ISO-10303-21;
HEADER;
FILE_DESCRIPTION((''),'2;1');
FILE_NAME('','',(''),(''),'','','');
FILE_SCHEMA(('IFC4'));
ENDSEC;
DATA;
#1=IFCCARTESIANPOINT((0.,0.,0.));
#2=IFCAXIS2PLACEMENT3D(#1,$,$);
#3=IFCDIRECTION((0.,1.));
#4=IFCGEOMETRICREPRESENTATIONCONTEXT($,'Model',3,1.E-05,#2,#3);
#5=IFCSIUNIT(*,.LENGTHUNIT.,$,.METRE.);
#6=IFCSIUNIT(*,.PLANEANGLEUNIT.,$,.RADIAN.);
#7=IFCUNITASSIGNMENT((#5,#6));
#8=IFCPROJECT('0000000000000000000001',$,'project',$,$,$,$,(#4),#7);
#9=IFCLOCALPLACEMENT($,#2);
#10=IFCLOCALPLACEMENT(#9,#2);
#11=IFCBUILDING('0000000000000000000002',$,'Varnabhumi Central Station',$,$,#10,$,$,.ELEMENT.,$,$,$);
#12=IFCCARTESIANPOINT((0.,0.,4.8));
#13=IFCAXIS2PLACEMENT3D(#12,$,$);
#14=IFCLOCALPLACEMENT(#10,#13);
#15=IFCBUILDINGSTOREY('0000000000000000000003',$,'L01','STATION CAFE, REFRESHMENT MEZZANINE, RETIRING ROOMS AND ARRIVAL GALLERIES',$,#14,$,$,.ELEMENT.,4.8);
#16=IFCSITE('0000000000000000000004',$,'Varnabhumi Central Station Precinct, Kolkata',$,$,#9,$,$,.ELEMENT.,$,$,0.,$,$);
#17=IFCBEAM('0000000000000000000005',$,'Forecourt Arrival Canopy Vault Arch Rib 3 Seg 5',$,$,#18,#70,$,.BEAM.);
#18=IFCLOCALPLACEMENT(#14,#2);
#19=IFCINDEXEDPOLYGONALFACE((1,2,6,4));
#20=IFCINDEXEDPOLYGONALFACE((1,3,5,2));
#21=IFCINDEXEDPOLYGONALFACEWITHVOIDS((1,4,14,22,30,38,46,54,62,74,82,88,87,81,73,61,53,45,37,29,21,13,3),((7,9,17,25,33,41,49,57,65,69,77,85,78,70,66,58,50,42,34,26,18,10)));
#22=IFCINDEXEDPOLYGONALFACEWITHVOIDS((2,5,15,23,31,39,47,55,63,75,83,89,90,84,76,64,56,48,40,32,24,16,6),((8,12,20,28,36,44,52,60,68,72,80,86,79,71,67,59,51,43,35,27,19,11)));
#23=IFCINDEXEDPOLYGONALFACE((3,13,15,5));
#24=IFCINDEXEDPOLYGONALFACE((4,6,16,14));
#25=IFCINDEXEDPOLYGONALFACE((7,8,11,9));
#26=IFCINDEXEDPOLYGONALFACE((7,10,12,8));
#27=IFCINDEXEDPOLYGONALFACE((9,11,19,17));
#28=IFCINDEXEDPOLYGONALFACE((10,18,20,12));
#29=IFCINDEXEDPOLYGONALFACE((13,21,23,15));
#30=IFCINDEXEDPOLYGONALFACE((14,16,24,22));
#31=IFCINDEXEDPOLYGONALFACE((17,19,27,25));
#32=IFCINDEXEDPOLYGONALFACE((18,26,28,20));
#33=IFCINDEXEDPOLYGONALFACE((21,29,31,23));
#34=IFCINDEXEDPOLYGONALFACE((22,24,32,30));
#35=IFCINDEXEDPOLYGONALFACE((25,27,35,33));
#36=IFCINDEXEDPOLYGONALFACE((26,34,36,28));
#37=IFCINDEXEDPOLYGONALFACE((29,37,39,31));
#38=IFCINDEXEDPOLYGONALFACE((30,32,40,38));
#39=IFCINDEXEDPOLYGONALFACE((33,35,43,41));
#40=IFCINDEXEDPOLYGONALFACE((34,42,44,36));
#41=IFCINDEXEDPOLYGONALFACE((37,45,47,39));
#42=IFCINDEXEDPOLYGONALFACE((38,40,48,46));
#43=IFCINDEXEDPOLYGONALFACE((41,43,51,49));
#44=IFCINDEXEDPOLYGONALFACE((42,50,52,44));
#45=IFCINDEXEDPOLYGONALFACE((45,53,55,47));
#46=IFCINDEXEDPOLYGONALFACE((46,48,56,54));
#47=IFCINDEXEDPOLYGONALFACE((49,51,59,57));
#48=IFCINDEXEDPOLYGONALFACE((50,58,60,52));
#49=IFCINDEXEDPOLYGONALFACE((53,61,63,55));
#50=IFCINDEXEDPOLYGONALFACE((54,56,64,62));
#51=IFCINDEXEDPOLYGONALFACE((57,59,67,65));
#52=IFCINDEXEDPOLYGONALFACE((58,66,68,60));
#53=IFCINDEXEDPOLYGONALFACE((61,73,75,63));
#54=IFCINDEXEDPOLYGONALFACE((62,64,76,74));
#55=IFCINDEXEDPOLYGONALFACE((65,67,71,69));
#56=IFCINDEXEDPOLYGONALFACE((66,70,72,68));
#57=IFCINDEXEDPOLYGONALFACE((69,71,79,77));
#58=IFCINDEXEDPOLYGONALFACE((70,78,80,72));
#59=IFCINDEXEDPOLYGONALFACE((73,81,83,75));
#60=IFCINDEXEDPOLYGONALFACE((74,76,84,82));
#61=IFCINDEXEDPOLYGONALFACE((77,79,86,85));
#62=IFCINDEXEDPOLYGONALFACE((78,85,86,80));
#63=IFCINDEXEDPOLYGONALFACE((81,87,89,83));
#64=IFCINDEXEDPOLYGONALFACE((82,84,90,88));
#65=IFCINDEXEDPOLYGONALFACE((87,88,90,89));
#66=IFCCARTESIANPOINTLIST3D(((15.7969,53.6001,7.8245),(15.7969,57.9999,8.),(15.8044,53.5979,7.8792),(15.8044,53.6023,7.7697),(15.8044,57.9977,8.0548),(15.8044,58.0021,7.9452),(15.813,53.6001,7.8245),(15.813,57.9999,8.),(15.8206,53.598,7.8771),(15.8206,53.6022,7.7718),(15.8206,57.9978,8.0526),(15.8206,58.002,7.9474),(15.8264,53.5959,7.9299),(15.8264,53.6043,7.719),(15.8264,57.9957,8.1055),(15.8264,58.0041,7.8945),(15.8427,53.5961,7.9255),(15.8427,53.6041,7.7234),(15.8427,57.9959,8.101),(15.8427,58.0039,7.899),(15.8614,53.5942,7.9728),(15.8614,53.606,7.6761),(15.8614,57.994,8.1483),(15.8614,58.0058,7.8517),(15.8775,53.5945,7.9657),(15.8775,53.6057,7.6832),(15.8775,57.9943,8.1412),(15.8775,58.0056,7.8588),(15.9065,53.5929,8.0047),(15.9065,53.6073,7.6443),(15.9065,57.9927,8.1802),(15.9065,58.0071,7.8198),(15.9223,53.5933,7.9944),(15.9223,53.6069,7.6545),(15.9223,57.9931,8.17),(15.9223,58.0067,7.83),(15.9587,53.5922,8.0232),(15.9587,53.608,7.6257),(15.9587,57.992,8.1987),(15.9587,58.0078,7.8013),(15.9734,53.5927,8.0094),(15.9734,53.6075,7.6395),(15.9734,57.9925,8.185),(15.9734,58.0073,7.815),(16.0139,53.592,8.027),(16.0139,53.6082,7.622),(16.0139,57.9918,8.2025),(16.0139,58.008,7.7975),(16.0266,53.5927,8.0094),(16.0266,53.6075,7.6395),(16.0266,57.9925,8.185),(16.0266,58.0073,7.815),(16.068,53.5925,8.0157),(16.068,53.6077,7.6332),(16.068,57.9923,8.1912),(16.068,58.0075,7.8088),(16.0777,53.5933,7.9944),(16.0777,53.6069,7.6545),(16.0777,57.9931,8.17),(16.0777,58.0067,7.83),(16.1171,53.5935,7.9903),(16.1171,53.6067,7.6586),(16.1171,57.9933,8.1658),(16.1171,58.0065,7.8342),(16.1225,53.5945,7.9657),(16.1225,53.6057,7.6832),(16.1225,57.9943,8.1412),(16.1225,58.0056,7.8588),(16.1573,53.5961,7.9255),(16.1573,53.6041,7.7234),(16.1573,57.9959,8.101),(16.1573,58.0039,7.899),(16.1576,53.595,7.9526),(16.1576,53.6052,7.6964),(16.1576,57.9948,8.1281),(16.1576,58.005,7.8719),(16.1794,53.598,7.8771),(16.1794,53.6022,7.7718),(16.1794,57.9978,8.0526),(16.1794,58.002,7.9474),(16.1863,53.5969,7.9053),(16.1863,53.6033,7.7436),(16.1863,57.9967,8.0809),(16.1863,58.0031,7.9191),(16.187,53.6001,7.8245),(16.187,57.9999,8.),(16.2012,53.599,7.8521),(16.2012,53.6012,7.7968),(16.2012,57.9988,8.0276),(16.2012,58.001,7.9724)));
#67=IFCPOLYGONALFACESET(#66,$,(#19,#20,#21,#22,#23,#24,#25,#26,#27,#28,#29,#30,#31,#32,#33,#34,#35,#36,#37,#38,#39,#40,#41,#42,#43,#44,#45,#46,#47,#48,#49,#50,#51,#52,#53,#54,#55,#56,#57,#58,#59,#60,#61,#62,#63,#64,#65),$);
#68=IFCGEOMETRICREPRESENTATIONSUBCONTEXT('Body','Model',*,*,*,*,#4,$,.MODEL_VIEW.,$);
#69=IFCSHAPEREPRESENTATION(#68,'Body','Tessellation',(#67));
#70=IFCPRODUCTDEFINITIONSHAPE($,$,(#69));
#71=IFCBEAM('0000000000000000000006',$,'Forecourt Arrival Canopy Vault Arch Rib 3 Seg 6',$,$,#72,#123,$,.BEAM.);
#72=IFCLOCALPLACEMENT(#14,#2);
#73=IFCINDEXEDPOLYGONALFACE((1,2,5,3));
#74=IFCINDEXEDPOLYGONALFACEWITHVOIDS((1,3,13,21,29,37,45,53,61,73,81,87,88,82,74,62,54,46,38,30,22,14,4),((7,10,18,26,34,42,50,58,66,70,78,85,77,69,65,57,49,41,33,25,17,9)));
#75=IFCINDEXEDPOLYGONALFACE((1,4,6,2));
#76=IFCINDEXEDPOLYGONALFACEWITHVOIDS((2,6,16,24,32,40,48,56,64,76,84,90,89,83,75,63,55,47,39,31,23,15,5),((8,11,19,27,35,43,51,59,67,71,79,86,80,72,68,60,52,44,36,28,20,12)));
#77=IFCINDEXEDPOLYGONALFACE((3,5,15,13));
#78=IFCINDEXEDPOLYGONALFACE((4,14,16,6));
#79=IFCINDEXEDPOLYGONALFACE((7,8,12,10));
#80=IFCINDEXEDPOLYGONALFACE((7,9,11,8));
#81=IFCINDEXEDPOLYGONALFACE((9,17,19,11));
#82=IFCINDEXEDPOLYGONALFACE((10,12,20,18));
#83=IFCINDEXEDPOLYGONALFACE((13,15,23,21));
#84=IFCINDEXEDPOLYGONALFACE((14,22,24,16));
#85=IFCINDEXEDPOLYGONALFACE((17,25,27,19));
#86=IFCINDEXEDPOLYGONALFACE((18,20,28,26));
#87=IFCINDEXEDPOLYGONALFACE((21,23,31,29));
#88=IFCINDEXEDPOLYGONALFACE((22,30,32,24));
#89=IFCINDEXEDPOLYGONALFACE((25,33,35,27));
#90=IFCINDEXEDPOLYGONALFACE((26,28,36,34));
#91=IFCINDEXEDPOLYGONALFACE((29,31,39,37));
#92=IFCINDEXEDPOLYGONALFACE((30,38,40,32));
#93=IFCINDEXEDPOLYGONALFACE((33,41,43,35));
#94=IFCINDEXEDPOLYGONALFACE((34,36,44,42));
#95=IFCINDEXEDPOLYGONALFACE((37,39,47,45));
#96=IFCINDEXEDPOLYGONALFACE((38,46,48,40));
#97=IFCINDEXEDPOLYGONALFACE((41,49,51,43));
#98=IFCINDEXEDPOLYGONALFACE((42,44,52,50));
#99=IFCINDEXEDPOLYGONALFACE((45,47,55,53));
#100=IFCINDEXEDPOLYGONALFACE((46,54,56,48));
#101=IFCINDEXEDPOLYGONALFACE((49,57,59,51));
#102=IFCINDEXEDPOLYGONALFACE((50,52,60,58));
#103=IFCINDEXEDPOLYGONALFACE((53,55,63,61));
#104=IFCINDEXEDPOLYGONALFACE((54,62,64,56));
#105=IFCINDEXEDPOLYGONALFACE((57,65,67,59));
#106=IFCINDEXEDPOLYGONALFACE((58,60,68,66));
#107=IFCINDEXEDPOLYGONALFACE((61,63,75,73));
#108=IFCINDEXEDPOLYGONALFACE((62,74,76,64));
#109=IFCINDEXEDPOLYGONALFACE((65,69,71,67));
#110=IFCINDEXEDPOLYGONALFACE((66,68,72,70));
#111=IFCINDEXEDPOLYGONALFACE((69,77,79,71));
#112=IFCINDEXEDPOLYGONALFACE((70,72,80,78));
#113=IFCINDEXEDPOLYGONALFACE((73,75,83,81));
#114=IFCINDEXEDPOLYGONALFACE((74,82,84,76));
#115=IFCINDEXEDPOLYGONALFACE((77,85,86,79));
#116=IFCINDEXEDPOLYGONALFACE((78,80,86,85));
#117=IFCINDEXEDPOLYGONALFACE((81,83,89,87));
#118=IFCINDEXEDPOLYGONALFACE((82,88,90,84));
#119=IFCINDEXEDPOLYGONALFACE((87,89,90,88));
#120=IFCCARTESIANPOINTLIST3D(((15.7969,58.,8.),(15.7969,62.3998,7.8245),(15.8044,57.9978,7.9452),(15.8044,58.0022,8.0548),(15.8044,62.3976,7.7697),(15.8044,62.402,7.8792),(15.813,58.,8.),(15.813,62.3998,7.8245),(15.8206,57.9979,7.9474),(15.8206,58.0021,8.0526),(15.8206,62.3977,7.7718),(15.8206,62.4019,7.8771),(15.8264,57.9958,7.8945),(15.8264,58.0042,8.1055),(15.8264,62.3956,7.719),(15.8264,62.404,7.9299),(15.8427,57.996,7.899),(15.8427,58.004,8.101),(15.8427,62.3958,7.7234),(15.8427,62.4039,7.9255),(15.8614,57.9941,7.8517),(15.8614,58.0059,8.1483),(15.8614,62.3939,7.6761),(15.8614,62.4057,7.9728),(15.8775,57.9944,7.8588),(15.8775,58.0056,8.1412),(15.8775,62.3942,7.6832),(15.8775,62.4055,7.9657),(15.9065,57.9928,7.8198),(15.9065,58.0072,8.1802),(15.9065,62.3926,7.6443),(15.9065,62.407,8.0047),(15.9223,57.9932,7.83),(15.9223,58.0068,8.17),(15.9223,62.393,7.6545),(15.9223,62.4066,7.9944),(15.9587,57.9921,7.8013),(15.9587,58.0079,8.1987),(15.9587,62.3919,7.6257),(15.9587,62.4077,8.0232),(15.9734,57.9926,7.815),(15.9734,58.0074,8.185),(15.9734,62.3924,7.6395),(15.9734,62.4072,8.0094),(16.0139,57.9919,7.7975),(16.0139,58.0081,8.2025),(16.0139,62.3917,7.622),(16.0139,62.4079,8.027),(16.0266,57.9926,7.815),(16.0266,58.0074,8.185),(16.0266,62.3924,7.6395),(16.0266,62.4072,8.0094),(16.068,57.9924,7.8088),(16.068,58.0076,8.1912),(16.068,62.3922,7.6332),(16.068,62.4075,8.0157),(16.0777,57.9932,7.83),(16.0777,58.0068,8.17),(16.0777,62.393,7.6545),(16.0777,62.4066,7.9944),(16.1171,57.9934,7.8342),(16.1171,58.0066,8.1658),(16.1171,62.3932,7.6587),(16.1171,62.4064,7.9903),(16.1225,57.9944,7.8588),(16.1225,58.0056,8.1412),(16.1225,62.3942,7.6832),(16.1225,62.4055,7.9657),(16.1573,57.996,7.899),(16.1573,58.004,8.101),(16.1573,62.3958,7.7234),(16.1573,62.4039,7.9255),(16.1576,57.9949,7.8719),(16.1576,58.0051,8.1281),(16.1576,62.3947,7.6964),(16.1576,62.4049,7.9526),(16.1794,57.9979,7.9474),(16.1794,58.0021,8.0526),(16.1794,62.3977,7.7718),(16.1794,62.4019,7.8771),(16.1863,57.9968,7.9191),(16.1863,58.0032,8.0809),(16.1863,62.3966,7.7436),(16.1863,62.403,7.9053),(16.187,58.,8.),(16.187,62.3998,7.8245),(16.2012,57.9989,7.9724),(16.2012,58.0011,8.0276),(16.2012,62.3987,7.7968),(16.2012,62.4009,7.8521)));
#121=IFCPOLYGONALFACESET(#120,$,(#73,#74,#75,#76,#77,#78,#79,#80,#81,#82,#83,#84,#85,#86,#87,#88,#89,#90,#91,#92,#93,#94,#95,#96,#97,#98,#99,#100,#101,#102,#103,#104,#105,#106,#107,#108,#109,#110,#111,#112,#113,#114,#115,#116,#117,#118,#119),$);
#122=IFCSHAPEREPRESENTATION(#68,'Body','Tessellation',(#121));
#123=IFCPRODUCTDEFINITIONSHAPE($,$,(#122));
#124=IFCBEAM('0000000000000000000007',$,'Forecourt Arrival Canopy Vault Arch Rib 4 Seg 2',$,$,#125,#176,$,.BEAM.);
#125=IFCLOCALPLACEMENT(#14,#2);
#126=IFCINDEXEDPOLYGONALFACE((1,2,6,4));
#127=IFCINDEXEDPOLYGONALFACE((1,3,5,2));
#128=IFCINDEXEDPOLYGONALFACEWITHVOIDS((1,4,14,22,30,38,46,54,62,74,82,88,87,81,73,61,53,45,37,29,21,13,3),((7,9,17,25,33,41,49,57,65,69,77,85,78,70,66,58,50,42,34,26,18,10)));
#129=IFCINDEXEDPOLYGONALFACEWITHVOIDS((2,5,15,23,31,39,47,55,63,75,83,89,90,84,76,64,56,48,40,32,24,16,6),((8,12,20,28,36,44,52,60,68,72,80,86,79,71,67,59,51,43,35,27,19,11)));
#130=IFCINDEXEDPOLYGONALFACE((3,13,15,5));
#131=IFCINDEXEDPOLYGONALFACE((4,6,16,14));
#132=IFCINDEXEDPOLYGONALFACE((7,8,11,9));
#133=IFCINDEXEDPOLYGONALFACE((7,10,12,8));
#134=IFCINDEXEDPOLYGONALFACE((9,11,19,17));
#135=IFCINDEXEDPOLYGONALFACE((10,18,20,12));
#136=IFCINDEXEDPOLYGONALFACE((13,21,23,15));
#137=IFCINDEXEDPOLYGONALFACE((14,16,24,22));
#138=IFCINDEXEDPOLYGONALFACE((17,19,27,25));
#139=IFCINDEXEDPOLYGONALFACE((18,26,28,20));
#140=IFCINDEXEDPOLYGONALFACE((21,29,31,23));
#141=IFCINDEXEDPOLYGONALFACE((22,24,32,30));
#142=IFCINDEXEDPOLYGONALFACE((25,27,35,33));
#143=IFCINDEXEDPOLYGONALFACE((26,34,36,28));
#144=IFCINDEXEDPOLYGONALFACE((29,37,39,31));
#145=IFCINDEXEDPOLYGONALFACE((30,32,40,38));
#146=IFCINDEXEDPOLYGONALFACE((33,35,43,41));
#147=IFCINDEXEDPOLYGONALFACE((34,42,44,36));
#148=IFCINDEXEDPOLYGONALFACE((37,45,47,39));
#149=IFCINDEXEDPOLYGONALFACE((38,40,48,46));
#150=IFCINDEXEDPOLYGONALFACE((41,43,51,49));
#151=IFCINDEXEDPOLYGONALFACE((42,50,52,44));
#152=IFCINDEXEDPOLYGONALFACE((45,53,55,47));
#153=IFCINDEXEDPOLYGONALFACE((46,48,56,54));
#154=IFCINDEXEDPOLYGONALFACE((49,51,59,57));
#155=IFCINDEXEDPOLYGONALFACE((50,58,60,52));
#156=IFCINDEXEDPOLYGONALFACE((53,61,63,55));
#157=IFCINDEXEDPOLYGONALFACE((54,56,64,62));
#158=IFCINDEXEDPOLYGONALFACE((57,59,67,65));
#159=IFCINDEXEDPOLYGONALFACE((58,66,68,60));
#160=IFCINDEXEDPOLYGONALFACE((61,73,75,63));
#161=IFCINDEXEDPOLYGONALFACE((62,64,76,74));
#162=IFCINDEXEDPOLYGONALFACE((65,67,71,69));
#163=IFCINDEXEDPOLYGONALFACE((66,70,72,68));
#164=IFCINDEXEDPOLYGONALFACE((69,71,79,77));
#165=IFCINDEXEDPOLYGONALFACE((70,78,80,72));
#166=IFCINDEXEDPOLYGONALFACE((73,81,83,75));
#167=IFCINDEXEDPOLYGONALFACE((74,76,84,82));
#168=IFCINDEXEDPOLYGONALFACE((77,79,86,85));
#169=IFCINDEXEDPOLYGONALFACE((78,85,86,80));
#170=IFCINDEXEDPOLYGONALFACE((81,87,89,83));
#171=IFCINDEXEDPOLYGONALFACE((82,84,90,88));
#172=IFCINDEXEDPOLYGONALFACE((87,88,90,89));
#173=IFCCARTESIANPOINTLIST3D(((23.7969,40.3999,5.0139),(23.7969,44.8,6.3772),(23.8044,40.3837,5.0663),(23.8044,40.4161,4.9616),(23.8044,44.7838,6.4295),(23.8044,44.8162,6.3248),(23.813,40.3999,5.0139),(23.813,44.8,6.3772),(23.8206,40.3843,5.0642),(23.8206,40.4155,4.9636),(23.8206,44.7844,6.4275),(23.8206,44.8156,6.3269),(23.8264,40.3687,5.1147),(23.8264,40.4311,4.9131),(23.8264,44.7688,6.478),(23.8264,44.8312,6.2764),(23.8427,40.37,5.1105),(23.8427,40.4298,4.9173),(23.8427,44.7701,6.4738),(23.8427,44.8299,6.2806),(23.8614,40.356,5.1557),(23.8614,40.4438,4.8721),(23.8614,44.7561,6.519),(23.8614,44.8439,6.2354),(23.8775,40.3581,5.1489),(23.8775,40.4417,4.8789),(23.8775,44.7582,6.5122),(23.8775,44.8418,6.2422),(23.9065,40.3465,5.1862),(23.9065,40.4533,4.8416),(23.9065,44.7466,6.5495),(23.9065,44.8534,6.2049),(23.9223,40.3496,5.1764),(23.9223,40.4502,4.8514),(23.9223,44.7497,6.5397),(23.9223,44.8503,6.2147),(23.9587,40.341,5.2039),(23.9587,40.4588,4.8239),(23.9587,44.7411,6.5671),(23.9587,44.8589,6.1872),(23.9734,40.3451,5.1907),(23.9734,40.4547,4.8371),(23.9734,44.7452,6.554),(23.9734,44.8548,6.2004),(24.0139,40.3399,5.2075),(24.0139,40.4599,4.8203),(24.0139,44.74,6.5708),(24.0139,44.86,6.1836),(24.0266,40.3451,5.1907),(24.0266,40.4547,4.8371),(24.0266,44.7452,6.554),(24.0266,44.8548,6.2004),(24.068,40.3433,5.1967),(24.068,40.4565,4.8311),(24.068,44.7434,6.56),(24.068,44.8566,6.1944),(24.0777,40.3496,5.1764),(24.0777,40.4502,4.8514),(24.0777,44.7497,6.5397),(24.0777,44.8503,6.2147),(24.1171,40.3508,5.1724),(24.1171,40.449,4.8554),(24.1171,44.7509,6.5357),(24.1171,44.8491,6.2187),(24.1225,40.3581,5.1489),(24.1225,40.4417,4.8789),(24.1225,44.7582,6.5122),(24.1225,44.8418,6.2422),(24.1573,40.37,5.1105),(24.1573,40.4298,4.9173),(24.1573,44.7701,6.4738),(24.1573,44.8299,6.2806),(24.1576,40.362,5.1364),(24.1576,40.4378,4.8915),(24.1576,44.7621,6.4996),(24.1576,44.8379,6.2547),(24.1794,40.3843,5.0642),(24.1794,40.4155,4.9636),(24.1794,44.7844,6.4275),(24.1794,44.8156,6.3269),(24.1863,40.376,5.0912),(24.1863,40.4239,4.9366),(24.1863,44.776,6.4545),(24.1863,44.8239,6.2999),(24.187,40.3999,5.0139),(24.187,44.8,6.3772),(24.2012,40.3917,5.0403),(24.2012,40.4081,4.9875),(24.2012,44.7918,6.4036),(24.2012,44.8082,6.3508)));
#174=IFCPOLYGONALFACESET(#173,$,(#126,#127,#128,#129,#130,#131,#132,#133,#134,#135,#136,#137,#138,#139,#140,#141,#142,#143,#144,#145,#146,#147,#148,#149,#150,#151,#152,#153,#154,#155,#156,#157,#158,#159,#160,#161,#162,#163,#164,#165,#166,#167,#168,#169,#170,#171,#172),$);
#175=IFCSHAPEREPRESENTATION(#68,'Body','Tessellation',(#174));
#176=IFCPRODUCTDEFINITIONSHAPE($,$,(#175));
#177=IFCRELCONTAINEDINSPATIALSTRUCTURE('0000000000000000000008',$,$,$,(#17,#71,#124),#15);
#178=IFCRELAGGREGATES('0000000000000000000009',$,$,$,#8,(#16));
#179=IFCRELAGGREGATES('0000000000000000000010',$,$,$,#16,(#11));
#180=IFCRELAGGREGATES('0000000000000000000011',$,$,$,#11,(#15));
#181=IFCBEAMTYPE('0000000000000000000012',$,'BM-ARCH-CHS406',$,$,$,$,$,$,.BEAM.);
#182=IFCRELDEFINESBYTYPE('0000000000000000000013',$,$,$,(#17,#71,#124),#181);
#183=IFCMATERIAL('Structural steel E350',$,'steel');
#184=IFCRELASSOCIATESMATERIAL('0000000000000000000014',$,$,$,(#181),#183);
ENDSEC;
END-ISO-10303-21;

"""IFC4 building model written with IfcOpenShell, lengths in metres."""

from ifc_helpers import new_model, si_unit, direction, frame, origin, origin_2d, place, context, subcontext, project, spatial, hollow_circle, extrude, material, material_profile, profile_set, type_object, element, save


model = new_model("IFC4")

# Units and contexts
model_context = context("Model", 3, precision=1e-05, world=origin(), true_north=direction((0.0, 1.0)))
body_context = subcontext(model_context, "Body", "Model", "MODEL_VIEW")
ifc_project = project(units=[si_unit("LENGTHUNIT", "METRE"), si_unit("PLANEANGLEUNIT", "RADIAN")], contexts=[model_context])

# Site, building, storey
site_placement = place(None, origin())
site = spatial("IfcSite", under=ifc_project, at=site_placement, Name="Varnabhumi Central Station Precinct, Kolkata", CompositionType="ELEMENT", RefElevation=0.0)
building_placement = place(site_placement, origin())
building = spatial("IfcBuilding", under=site, at=building_placement, Name="Varnabhumi Central Station", CompositionType="ELEMENT")
storey_placement = place(building_placement, frame((0.0, 0.0, 4.8)))
storey = spatial("IfcBuildingStorey", under=building, at=storey_placement, Name="L01", Description="STATION CAFE, REFRESHMENT MEZZANINE, RETIRING ROOMS AND ARRIVAL GALLERIES", CompositionType="ELEMENT", Elevation=4.8)

# Beams
ifc_material_1 = material(Name="Structural steel E350", Category="steel")
ifc_material_profile_1 = material_profile(ifc_material_1, hollow_circle(Radius=0.2031, WallThickness=0.0161, at=origin_2d()), Name="Structural steel E350", Category="steel")
ifc_profile_set_1 = profile_set([ifc_material_profile_1], Name="Structural steel E350")
beam_type_1 = type_object("IfcBeamType", Name="BM-ARCH-CHS406", PredefinedType="BEAM", material=ifc_profile_set_1)
for number, where, z_axis, x_axis, name in (
    (1, (16.0, 53.6001, 7.8245), (0.0, 0.999205, 0.039864), (-1.0, 0.0, 0.0), "Forecourt Arrival Canopy Vault Arch Rib 3 Seg 5"),
    (2, (16.0, 58.0, 8.0), (0.0, 0.999205, -0.039864), (-1.0, 0.0, 0.0), "Forecourt Arrival Canopy Vault Arch Rib 3 Seg 6"),
):
    element("IfcBeam", number, at=place(storey_placement, frame(where, z_axis=z_axis, x_axis=x_axis)), inside=storey, type_object=beam_type_1, Name=name, PredefinedType="BEAM", context=body_context, shape_type="SweptSolid", body=[
        extrude(hollow_circle(Radius=0.2031, WallThickness=0.0161, at=origin_2d()), origin(), (0.0, 0.0, 1.0), 4.4033),
    ])
beam_1_placement = place(storey_placement, frame((24.0, 40.3999, 5.0139), z_axis=(0.0, 0.955204, 0.295947), x_axis=(-1.0, 0.0, 0.0)))
element("IfcBeam", 3, at=beam_1_placement, inside=storey, type_object=beam_type_1, Name="Forecourt Arrival Canopy Vault Arch Rib 4 Seg 2", PredefinedType="BEAM", context=body_context, shape_type="SweptSolid", body=[
    extrude(hollow_circle(Radius=0.2031, WallThickness=0.0161, at=origin_2d()), origin(), (0.0, 0.0, 1.0), 4.6064),
])

save(model, "model.ifc")
